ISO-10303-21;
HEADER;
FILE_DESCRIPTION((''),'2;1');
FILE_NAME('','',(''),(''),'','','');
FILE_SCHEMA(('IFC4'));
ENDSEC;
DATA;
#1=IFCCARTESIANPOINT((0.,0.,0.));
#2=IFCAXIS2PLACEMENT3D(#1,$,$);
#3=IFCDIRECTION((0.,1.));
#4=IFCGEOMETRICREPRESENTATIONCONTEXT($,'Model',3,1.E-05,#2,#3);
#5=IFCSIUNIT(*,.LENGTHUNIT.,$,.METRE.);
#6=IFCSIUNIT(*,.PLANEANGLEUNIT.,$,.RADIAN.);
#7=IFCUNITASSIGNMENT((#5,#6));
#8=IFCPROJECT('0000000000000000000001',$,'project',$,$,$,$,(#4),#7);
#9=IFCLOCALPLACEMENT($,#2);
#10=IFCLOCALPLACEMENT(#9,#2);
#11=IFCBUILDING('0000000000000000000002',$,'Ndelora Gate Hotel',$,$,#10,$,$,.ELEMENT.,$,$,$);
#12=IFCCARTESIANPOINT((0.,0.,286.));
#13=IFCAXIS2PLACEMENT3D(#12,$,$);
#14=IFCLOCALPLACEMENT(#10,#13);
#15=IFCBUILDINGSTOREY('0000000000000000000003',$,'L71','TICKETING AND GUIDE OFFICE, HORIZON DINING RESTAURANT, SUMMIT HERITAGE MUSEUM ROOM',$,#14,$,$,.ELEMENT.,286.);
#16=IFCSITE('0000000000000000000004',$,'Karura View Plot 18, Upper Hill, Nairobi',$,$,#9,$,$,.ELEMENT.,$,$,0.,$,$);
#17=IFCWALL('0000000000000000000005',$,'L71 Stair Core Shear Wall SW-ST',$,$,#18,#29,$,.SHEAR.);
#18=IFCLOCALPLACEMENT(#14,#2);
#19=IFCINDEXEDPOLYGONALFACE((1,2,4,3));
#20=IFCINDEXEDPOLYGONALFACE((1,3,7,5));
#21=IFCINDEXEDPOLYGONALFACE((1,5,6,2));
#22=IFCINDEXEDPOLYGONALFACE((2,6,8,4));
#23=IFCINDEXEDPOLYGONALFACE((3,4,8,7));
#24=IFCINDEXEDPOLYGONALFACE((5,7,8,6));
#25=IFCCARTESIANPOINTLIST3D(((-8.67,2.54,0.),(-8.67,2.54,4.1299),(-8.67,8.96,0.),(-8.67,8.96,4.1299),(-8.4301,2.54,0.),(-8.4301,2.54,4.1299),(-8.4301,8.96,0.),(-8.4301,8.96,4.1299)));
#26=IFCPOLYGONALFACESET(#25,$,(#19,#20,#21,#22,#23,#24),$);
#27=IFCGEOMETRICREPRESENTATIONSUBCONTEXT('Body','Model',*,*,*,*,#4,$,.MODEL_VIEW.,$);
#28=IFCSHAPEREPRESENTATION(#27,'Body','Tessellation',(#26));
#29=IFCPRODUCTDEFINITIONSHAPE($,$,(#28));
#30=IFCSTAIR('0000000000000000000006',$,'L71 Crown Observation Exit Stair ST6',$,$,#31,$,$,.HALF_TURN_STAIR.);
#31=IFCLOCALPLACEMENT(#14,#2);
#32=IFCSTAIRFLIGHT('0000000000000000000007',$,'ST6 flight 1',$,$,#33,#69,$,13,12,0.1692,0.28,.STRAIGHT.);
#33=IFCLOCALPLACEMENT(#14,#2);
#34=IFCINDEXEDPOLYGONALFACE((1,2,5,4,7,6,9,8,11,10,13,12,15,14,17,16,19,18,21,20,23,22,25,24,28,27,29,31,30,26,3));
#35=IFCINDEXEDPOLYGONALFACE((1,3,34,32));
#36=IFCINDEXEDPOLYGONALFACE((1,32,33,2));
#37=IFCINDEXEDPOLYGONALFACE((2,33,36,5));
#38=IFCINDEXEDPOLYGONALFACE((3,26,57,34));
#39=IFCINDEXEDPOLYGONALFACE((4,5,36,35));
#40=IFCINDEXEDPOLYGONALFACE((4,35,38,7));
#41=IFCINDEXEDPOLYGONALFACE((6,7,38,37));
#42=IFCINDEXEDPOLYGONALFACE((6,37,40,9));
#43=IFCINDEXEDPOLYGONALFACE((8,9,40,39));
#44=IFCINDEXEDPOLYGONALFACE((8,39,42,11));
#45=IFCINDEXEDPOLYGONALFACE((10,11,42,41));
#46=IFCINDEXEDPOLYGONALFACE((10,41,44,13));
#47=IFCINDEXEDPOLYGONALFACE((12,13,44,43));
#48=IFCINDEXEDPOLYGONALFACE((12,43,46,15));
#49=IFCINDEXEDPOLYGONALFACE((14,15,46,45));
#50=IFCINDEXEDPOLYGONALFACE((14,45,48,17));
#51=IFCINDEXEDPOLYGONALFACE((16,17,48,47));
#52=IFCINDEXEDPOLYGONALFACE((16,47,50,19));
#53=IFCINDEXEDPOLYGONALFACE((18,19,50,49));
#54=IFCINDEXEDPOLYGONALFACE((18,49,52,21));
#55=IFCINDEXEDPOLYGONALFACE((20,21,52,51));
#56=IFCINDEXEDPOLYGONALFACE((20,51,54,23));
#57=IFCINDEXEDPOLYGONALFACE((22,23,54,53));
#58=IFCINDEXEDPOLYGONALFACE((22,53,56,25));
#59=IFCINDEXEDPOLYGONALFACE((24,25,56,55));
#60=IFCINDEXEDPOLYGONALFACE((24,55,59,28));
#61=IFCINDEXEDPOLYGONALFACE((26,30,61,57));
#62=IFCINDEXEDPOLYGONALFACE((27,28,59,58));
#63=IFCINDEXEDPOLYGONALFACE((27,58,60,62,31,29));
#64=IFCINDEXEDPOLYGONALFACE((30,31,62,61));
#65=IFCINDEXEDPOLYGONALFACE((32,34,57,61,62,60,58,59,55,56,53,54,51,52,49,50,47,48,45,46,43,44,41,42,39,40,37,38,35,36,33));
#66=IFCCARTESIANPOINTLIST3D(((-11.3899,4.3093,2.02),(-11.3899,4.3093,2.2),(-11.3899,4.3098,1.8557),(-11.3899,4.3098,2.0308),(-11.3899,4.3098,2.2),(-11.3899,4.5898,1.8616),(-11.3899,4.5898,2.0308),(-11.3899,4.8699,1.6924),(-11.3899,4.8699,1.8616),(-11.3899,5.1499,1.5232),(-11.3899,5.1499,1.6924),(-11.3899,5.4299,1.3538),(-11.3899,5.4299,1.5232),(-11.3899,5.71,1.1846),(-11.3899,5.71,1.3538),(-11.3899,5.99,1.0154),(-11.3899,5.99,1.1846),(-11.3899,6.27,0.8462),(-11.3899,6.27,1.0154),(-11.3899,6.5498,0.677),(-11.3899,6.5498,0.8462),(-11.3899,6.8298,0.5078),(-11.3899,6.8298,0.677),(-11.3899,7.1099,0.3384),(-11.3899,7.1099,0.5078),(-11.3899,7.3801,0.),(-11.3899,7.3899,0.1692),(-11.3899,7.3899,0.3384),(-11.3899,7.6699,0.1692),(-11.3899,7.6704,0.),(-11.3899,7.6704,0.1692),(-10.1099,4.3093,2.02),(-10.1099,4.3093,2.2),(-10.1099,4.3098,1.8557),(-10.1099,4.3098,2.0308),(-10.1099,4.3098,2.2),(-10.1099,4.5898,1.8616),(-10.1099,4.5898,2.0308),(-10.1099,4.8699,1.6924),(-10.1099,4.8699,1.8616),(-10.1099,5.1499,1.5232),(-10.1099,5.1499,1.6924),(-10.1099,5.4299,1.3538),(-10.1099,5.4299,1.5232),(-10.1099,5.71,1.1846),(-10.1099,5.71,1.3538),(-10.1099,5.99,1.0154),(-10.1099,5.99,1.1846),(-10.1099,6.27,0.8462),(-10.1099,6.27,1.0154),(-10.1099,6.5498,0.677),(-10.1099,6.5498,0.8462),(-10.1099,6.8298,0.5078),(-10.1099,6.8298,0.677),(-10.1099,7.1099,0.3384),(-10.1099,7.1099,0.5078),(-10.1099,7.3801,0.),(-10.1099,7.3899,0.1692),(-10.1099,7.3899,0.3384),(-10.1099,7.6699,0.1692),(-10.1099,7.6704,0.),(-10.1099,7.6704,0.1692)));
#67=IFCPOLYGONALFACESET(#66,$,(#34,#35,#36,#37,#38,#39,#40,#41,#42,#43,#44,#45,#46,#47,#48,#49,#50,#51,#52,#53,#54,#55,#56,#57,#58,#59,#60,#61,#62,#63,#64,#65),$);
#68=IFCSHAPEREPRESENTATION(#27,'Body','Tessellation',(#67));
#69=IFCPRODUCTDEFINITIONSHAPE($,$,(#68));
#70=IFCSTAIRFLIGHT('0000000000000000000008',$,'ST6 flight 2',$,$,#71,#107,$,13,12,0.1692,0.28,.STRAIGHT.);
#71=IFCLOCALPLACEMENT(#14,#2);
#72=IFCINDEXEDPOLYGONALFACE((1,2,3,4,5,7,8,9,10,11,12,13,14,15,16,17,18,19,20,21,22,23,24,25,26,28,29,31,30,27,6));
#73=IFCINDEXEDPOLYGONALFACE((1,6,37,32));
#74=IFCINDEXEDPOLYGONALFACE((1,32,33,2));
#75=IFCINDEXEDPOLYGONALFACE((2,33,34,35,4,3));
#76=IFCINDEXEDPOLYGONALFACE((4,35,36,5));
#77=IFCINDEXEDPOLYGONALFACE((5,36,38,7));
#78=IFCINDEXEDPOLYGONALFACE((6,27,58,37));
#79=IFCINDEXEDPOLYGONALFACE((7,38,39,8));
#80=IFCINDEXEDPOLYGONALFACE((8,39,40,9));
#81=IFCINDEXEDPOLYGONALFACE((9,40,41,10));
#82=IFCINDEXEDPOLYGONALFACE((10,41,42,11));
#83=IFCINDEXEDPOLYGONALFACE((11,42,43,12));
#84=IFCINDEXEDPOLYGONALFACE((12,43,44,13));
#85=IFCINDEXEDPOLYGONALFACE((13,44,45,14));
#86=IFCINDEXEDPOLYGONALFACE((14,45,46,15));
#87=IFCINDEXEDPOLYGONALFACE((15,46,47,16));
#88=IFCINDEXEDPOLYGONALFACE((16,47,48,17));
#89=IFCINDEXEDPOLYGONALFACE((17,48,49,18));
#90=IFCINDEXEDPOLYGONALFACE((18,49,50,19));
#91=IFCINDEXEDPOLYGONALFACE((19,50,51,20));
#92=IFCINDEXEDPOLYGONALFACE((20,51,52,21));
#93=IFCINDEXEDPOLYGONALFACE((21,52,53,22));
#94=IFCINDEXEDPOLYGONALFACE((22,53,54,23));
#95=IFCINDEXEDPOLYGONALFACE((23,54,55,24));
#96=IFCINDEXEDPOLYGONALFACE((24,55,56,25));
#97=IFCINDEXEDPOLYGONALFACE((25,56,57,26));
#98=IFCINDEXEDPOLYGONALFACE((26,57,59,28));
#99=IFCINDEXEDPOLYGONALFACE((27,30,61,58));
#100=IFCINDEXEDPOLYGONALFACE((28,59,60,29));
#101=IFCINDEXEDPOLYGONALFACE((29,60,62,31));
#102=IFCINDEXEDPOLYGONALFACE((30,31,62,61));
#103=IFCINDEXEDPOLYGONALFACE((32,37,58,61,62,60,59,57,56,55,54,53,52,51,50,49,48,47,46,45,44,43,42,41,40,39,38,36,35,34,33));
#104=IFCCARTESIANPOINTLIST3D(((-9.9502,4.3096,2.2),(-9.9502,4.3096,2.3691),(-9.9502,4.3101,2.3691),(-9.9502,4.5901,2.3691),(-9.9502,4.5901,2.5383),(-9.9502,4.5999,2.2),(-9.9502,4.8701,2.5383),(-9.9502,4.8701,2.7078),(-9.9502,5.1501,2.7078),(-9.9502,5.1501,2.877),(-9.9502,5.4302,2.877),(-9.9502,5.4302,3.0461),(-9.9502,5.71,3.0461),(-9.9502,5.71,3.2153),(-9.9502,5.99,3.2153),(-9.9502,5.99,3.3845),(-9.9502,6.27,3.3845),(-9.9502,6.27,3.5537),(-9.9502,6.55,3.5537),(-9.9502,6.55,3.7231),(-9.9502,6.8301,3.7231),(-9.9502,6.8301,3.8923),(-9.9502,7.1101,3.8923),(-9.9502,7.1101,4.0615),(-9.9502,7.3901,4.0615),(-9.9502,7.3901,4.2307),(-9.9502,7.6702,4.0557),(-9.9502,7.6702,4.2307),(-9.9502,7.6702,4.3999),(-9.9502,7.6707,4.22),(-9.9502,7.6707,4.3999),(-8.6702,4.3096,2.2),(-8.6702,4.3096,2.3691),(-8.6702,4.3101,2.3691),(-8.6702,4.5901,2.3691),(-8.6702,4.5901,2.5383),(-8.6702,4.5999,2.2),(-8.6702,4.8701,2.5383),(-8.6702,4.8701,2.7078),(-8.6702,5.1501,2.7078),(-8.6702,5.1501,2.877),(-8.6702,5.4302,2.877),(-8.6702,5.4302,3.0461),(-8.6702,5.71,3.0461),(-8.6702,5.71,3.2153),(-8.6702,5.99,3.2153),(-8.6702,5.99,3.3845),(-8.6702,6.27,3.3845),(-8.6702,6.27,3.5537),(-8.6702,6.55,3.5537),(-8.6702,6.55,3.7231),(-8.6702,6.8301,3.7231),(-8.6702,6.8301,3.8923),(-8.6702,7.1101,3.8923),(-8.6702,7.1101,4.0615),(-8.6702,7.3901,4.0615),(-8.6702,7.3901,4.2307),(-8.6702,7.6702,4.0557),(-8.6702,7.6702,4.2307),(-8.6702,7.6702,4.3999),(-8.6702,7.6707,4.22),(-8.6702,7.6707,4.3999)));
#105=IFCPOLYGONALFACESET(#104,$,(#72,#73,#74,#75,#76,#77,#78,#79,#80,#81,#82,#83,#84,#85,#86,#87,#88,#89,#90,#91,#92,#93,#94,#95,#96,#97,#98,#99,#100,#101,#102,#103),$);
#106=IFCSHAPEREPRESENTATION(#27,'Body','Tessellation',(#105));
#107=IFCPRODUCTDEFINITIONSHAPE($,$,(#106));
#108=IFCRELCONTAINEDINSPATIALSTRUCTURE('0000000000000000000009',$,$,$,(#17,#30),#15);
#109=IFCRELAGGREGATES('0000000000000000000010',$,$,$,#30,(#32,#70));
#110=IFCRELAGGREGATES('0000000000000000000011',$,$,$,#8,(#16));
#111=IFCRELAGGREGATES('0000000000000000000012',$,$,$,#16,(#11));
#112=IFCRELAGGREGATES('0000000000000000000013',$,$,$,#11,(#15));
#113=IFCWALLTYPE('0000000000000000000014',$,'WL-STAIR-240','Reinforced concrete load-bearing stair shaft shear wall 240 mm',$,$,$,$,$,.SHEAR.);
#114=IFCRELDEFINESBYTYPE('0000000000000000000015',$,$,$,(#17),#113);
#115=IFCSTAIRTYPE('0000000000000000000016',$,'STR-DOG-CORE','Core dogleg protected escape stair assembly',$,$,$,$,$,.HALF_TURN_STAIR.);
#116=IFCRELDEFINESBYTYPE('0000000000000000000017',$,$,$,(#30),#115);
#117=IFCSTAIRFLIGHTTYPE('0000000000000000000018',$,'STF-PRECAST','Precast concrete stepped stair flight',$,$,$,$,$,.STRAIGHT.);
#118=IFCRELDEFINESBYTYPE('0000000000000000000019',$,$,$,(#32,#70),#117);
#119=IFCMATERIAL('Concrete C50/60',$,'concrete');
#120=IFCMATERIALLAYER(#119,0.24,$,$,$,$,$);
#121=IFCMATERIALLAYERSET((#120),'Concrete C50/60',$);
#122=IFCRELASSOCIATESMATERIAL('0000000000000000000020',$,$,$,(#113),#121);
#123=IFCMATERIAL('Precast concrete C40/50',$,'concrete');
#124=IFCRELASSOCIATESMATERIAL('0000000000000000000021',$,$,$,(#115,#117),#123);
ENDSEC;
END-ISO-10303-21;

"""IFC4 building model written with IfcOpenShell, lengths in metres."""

from ifc_helpers import new_model, si_unit, direction, frame, frame_2d, origin, place, context, subcontext, project, spatial, polyline, rectangle, outline, extrude, material, layer, layer_set, type_object, element, aggregate, save


model = new_model("IFC4")

# Units and contexts
model_context = context("Model", 3, precision=1e-05, world=origin(), true_north=direction((0.0, 1.0)))
body_context = subcontext(model_context, "Body", "Model", "MODEL_VIEW")
ifc_project = project(units=[si_unit("LENGTHUNIT", "METRE"), si_unit("PLANEANGLEUNIT", "RADIAN")], contexts=[model_context])

# Site, building, storey
site_placement = place(None, origin())
site = spatial("IfcSite", under=ifc_project, at=site_placement, Name="Karura View Plot 18, Upper Hill, Nairobi", CompositionType="ELEMENT", RefElevation=0.0)
building_placement = place(site_placement, origin())
building = spatial("IfcBuilding", under=site, at=building_placement, Name="Ndelora Gate Hotel", CompositionType="ELEMENT")
storey_placement = place(building_placement, frame((0.0, 0.0, 286.0)))
storey = spatial("IfcBuildingStorey", under=building, at=storey_placement, Name="L71", Description="TICKETING AND GUIDE OFFICE, HORIZON DINING RESTAURANT, SUMMIT HERITAGE MUSEUM ROOM", CompositionType="ELEMENT", Elevation=286.0)

# Shared definitions
ifc_material_1 = material(Name="Concrete C50/60", Category="concrete")

# Wall
ifc_layer_1 = layer(ifc_material_1, 0.24)
ifc_layer_set_1 = layer_set([ifc_layer_1], Name="Concrete C50/60")
wall_type_1 = type_object("IfcWallType", Name="WL-STAIR-240", Description="Reinforced concrete load-bearing stair shaft shear wall 240 mm", PredefinedType="SHEAR", material=ifc_layer_set_1)
wall_1_placement = place(storey_placement, frame((-8.55, 2.54, 0.0), z_axis=(0.0, 0.0, 1.0), x_axis=(0.0, 1.0, 0.0)))
element("IfcWall", 1, at=wall_1_placement, inside=storey, type_object=wall_type_1, Name="L71 Stair Core Shear Wall SW-ST", PredefinedType="SHEAR", context=body_context, shape_type="SweptSolid", body=[
    extrude(rectangle(XDim=6.4199, YDim=0.24, at=frame_2d((3.21, 0.0))), origin(), (0.0, 0.0, 1.0), 4.1299),
])

# Stair, stair flights
ifc_material_2 = material(Name="Precast concrete C40/50", Category="concrete")
stair_type = type_object("IfcStairType", Name="STR-DOG-CORE", Description="Core dogleg protected escape stair assembly", PredefinedType="HALF_TURN_STAIR", material=ifc_material_2)
stair_placement = place(storey_placement, origin())
stair = element("IfcStair", 2, at=stair_placement, inside=storey, type_object=stair_type, Name="L71 Crown Observation Exit Stair ST6", PredefinedType="HALF_TURN_STAIR")
stair_flight_type = type_object("IfcStairFlightType", Name="STF-PRECAST", Description="Precast concrete stepped stair flight", PredefinedType="STRAIGHT", material=ifc_material_2)
stair_flight_1_placement = place(storey_placement, frame((-10.75, 7.6699, 0.0), z_axis=(0.0, 0.0, 1.0), x_axis=(0.0, -1.0, 0.0)))
stair_flight_1 = element("IfcStairFlight", 3, at=stair_flight_1_placement, type_object=stair_flight_type, Name="ST6 flight 1", NumberOfRisers=13, NumberOfTreads=12, PredefinedType="STRAIGHT", RiserHeight=0.1692, TreadLength=0.28, context=body_context, shape_type="SweptSolid", body=[
    extrude(outline(polyline([(-0.0005, 0.0), (-0.0005, 0.1692), (0.0, 0.1692), (0.28, 0.1692), (0.28, 0.3384), (0.5601, 0.3384), (0.5601, 0.5078), (0.8401, 0.5078), (0.8401, 0.677), (1.1201, 0.677), (1.1201, 0.8462), (1.3999, 0.8462), (1.3999, 1.0154), (1.6799, 1.0154), (1.6799, 1.1846), (1.96, 1.1846), (1.96, 1.3538), (2.24, 1.3538), (2.24, 1.5232), (2.52, 1.5232), (2.52, 1.6924), (2.8, 1.6924), (2.8, 1.8616), (3.0801, 1.8616), (3.0801, 2.0308), (3.3601, 2.0308), (3.3601, 2.2), (3.3606, 2.2), (3.3606, 2.02), (3.3601, 1.8557), (0.2898, 0.0), (-0.0005, 0.0)])), frame((0.0, 0.6401, 0.0), z_axis=(0.0, -1.0, 0.0), x_axis=(1.0, 0.0, 0.0)), (0.0, 0.0, 1.0), 1.28),
])
stair_flight_2_placement = place(storey_placement, frame((-9.3101, 4.3101, 2.2), z_axis=(0.0, 0.0, 1.0), x_axis=(0.0, 1.0, 0.0)))
stair_flight_2 = element("IfcStairFlight", 4, at=stair_flight_2_placement, type_object=stair_flight_type, Name="ST6 flight 2", NumberOfRisers=13, NumberOfTreads=12, PredefinedType="STRAIGHT", RiserHeight=0.1692, TreadLength=0.28, context=body_context, shape_type="SweptSolid", body=[
    extrude(outline(polyline([(-0.0005, 0.0), (-0.0005, 0.1692), (0.0, 0.1692), (0.28, 0.1692), (0.28, 0.3384), (0.5601, 0.3384), (0.5601, 0.5078), (0.8401, 0.5078), (0.8401, 0.677), (1.1201, 0.677), (1.1201, 0.8462), (1.3999, 0.8462), (1.3999, 1.0154), (1.6799, 1.0154), (1.6799, 1.1846), (1.96, 1.1846), (1.96, 1.3538), (2.24, 1.3538), (2.24, 1.5232), (2.52, 1.5232), (2.52, 1.6924), (2.8, 1.6924), (2.8, 1.8616), (3.0801, 1.8616), (3.0801, 2.0308), (3.3601, 2.0308), (3.3601, 2.2), (3.3606, 2.2), (3.3606, 2.02), (3.3601, 1.8557), (0.2898, 0.0), (-0.0005, 0.0)])), frame((0.0, 0.6401, 0.0), z_axis=(0.0, -1.0, 0.0), x_axis=(1.0, 0.0, 0.0)), (0.0, 0.0, 1.0), 1.28),
])
aggregate(stair, [stair_flight_1, stair_flight_2])

save(model, "model.ifc")
